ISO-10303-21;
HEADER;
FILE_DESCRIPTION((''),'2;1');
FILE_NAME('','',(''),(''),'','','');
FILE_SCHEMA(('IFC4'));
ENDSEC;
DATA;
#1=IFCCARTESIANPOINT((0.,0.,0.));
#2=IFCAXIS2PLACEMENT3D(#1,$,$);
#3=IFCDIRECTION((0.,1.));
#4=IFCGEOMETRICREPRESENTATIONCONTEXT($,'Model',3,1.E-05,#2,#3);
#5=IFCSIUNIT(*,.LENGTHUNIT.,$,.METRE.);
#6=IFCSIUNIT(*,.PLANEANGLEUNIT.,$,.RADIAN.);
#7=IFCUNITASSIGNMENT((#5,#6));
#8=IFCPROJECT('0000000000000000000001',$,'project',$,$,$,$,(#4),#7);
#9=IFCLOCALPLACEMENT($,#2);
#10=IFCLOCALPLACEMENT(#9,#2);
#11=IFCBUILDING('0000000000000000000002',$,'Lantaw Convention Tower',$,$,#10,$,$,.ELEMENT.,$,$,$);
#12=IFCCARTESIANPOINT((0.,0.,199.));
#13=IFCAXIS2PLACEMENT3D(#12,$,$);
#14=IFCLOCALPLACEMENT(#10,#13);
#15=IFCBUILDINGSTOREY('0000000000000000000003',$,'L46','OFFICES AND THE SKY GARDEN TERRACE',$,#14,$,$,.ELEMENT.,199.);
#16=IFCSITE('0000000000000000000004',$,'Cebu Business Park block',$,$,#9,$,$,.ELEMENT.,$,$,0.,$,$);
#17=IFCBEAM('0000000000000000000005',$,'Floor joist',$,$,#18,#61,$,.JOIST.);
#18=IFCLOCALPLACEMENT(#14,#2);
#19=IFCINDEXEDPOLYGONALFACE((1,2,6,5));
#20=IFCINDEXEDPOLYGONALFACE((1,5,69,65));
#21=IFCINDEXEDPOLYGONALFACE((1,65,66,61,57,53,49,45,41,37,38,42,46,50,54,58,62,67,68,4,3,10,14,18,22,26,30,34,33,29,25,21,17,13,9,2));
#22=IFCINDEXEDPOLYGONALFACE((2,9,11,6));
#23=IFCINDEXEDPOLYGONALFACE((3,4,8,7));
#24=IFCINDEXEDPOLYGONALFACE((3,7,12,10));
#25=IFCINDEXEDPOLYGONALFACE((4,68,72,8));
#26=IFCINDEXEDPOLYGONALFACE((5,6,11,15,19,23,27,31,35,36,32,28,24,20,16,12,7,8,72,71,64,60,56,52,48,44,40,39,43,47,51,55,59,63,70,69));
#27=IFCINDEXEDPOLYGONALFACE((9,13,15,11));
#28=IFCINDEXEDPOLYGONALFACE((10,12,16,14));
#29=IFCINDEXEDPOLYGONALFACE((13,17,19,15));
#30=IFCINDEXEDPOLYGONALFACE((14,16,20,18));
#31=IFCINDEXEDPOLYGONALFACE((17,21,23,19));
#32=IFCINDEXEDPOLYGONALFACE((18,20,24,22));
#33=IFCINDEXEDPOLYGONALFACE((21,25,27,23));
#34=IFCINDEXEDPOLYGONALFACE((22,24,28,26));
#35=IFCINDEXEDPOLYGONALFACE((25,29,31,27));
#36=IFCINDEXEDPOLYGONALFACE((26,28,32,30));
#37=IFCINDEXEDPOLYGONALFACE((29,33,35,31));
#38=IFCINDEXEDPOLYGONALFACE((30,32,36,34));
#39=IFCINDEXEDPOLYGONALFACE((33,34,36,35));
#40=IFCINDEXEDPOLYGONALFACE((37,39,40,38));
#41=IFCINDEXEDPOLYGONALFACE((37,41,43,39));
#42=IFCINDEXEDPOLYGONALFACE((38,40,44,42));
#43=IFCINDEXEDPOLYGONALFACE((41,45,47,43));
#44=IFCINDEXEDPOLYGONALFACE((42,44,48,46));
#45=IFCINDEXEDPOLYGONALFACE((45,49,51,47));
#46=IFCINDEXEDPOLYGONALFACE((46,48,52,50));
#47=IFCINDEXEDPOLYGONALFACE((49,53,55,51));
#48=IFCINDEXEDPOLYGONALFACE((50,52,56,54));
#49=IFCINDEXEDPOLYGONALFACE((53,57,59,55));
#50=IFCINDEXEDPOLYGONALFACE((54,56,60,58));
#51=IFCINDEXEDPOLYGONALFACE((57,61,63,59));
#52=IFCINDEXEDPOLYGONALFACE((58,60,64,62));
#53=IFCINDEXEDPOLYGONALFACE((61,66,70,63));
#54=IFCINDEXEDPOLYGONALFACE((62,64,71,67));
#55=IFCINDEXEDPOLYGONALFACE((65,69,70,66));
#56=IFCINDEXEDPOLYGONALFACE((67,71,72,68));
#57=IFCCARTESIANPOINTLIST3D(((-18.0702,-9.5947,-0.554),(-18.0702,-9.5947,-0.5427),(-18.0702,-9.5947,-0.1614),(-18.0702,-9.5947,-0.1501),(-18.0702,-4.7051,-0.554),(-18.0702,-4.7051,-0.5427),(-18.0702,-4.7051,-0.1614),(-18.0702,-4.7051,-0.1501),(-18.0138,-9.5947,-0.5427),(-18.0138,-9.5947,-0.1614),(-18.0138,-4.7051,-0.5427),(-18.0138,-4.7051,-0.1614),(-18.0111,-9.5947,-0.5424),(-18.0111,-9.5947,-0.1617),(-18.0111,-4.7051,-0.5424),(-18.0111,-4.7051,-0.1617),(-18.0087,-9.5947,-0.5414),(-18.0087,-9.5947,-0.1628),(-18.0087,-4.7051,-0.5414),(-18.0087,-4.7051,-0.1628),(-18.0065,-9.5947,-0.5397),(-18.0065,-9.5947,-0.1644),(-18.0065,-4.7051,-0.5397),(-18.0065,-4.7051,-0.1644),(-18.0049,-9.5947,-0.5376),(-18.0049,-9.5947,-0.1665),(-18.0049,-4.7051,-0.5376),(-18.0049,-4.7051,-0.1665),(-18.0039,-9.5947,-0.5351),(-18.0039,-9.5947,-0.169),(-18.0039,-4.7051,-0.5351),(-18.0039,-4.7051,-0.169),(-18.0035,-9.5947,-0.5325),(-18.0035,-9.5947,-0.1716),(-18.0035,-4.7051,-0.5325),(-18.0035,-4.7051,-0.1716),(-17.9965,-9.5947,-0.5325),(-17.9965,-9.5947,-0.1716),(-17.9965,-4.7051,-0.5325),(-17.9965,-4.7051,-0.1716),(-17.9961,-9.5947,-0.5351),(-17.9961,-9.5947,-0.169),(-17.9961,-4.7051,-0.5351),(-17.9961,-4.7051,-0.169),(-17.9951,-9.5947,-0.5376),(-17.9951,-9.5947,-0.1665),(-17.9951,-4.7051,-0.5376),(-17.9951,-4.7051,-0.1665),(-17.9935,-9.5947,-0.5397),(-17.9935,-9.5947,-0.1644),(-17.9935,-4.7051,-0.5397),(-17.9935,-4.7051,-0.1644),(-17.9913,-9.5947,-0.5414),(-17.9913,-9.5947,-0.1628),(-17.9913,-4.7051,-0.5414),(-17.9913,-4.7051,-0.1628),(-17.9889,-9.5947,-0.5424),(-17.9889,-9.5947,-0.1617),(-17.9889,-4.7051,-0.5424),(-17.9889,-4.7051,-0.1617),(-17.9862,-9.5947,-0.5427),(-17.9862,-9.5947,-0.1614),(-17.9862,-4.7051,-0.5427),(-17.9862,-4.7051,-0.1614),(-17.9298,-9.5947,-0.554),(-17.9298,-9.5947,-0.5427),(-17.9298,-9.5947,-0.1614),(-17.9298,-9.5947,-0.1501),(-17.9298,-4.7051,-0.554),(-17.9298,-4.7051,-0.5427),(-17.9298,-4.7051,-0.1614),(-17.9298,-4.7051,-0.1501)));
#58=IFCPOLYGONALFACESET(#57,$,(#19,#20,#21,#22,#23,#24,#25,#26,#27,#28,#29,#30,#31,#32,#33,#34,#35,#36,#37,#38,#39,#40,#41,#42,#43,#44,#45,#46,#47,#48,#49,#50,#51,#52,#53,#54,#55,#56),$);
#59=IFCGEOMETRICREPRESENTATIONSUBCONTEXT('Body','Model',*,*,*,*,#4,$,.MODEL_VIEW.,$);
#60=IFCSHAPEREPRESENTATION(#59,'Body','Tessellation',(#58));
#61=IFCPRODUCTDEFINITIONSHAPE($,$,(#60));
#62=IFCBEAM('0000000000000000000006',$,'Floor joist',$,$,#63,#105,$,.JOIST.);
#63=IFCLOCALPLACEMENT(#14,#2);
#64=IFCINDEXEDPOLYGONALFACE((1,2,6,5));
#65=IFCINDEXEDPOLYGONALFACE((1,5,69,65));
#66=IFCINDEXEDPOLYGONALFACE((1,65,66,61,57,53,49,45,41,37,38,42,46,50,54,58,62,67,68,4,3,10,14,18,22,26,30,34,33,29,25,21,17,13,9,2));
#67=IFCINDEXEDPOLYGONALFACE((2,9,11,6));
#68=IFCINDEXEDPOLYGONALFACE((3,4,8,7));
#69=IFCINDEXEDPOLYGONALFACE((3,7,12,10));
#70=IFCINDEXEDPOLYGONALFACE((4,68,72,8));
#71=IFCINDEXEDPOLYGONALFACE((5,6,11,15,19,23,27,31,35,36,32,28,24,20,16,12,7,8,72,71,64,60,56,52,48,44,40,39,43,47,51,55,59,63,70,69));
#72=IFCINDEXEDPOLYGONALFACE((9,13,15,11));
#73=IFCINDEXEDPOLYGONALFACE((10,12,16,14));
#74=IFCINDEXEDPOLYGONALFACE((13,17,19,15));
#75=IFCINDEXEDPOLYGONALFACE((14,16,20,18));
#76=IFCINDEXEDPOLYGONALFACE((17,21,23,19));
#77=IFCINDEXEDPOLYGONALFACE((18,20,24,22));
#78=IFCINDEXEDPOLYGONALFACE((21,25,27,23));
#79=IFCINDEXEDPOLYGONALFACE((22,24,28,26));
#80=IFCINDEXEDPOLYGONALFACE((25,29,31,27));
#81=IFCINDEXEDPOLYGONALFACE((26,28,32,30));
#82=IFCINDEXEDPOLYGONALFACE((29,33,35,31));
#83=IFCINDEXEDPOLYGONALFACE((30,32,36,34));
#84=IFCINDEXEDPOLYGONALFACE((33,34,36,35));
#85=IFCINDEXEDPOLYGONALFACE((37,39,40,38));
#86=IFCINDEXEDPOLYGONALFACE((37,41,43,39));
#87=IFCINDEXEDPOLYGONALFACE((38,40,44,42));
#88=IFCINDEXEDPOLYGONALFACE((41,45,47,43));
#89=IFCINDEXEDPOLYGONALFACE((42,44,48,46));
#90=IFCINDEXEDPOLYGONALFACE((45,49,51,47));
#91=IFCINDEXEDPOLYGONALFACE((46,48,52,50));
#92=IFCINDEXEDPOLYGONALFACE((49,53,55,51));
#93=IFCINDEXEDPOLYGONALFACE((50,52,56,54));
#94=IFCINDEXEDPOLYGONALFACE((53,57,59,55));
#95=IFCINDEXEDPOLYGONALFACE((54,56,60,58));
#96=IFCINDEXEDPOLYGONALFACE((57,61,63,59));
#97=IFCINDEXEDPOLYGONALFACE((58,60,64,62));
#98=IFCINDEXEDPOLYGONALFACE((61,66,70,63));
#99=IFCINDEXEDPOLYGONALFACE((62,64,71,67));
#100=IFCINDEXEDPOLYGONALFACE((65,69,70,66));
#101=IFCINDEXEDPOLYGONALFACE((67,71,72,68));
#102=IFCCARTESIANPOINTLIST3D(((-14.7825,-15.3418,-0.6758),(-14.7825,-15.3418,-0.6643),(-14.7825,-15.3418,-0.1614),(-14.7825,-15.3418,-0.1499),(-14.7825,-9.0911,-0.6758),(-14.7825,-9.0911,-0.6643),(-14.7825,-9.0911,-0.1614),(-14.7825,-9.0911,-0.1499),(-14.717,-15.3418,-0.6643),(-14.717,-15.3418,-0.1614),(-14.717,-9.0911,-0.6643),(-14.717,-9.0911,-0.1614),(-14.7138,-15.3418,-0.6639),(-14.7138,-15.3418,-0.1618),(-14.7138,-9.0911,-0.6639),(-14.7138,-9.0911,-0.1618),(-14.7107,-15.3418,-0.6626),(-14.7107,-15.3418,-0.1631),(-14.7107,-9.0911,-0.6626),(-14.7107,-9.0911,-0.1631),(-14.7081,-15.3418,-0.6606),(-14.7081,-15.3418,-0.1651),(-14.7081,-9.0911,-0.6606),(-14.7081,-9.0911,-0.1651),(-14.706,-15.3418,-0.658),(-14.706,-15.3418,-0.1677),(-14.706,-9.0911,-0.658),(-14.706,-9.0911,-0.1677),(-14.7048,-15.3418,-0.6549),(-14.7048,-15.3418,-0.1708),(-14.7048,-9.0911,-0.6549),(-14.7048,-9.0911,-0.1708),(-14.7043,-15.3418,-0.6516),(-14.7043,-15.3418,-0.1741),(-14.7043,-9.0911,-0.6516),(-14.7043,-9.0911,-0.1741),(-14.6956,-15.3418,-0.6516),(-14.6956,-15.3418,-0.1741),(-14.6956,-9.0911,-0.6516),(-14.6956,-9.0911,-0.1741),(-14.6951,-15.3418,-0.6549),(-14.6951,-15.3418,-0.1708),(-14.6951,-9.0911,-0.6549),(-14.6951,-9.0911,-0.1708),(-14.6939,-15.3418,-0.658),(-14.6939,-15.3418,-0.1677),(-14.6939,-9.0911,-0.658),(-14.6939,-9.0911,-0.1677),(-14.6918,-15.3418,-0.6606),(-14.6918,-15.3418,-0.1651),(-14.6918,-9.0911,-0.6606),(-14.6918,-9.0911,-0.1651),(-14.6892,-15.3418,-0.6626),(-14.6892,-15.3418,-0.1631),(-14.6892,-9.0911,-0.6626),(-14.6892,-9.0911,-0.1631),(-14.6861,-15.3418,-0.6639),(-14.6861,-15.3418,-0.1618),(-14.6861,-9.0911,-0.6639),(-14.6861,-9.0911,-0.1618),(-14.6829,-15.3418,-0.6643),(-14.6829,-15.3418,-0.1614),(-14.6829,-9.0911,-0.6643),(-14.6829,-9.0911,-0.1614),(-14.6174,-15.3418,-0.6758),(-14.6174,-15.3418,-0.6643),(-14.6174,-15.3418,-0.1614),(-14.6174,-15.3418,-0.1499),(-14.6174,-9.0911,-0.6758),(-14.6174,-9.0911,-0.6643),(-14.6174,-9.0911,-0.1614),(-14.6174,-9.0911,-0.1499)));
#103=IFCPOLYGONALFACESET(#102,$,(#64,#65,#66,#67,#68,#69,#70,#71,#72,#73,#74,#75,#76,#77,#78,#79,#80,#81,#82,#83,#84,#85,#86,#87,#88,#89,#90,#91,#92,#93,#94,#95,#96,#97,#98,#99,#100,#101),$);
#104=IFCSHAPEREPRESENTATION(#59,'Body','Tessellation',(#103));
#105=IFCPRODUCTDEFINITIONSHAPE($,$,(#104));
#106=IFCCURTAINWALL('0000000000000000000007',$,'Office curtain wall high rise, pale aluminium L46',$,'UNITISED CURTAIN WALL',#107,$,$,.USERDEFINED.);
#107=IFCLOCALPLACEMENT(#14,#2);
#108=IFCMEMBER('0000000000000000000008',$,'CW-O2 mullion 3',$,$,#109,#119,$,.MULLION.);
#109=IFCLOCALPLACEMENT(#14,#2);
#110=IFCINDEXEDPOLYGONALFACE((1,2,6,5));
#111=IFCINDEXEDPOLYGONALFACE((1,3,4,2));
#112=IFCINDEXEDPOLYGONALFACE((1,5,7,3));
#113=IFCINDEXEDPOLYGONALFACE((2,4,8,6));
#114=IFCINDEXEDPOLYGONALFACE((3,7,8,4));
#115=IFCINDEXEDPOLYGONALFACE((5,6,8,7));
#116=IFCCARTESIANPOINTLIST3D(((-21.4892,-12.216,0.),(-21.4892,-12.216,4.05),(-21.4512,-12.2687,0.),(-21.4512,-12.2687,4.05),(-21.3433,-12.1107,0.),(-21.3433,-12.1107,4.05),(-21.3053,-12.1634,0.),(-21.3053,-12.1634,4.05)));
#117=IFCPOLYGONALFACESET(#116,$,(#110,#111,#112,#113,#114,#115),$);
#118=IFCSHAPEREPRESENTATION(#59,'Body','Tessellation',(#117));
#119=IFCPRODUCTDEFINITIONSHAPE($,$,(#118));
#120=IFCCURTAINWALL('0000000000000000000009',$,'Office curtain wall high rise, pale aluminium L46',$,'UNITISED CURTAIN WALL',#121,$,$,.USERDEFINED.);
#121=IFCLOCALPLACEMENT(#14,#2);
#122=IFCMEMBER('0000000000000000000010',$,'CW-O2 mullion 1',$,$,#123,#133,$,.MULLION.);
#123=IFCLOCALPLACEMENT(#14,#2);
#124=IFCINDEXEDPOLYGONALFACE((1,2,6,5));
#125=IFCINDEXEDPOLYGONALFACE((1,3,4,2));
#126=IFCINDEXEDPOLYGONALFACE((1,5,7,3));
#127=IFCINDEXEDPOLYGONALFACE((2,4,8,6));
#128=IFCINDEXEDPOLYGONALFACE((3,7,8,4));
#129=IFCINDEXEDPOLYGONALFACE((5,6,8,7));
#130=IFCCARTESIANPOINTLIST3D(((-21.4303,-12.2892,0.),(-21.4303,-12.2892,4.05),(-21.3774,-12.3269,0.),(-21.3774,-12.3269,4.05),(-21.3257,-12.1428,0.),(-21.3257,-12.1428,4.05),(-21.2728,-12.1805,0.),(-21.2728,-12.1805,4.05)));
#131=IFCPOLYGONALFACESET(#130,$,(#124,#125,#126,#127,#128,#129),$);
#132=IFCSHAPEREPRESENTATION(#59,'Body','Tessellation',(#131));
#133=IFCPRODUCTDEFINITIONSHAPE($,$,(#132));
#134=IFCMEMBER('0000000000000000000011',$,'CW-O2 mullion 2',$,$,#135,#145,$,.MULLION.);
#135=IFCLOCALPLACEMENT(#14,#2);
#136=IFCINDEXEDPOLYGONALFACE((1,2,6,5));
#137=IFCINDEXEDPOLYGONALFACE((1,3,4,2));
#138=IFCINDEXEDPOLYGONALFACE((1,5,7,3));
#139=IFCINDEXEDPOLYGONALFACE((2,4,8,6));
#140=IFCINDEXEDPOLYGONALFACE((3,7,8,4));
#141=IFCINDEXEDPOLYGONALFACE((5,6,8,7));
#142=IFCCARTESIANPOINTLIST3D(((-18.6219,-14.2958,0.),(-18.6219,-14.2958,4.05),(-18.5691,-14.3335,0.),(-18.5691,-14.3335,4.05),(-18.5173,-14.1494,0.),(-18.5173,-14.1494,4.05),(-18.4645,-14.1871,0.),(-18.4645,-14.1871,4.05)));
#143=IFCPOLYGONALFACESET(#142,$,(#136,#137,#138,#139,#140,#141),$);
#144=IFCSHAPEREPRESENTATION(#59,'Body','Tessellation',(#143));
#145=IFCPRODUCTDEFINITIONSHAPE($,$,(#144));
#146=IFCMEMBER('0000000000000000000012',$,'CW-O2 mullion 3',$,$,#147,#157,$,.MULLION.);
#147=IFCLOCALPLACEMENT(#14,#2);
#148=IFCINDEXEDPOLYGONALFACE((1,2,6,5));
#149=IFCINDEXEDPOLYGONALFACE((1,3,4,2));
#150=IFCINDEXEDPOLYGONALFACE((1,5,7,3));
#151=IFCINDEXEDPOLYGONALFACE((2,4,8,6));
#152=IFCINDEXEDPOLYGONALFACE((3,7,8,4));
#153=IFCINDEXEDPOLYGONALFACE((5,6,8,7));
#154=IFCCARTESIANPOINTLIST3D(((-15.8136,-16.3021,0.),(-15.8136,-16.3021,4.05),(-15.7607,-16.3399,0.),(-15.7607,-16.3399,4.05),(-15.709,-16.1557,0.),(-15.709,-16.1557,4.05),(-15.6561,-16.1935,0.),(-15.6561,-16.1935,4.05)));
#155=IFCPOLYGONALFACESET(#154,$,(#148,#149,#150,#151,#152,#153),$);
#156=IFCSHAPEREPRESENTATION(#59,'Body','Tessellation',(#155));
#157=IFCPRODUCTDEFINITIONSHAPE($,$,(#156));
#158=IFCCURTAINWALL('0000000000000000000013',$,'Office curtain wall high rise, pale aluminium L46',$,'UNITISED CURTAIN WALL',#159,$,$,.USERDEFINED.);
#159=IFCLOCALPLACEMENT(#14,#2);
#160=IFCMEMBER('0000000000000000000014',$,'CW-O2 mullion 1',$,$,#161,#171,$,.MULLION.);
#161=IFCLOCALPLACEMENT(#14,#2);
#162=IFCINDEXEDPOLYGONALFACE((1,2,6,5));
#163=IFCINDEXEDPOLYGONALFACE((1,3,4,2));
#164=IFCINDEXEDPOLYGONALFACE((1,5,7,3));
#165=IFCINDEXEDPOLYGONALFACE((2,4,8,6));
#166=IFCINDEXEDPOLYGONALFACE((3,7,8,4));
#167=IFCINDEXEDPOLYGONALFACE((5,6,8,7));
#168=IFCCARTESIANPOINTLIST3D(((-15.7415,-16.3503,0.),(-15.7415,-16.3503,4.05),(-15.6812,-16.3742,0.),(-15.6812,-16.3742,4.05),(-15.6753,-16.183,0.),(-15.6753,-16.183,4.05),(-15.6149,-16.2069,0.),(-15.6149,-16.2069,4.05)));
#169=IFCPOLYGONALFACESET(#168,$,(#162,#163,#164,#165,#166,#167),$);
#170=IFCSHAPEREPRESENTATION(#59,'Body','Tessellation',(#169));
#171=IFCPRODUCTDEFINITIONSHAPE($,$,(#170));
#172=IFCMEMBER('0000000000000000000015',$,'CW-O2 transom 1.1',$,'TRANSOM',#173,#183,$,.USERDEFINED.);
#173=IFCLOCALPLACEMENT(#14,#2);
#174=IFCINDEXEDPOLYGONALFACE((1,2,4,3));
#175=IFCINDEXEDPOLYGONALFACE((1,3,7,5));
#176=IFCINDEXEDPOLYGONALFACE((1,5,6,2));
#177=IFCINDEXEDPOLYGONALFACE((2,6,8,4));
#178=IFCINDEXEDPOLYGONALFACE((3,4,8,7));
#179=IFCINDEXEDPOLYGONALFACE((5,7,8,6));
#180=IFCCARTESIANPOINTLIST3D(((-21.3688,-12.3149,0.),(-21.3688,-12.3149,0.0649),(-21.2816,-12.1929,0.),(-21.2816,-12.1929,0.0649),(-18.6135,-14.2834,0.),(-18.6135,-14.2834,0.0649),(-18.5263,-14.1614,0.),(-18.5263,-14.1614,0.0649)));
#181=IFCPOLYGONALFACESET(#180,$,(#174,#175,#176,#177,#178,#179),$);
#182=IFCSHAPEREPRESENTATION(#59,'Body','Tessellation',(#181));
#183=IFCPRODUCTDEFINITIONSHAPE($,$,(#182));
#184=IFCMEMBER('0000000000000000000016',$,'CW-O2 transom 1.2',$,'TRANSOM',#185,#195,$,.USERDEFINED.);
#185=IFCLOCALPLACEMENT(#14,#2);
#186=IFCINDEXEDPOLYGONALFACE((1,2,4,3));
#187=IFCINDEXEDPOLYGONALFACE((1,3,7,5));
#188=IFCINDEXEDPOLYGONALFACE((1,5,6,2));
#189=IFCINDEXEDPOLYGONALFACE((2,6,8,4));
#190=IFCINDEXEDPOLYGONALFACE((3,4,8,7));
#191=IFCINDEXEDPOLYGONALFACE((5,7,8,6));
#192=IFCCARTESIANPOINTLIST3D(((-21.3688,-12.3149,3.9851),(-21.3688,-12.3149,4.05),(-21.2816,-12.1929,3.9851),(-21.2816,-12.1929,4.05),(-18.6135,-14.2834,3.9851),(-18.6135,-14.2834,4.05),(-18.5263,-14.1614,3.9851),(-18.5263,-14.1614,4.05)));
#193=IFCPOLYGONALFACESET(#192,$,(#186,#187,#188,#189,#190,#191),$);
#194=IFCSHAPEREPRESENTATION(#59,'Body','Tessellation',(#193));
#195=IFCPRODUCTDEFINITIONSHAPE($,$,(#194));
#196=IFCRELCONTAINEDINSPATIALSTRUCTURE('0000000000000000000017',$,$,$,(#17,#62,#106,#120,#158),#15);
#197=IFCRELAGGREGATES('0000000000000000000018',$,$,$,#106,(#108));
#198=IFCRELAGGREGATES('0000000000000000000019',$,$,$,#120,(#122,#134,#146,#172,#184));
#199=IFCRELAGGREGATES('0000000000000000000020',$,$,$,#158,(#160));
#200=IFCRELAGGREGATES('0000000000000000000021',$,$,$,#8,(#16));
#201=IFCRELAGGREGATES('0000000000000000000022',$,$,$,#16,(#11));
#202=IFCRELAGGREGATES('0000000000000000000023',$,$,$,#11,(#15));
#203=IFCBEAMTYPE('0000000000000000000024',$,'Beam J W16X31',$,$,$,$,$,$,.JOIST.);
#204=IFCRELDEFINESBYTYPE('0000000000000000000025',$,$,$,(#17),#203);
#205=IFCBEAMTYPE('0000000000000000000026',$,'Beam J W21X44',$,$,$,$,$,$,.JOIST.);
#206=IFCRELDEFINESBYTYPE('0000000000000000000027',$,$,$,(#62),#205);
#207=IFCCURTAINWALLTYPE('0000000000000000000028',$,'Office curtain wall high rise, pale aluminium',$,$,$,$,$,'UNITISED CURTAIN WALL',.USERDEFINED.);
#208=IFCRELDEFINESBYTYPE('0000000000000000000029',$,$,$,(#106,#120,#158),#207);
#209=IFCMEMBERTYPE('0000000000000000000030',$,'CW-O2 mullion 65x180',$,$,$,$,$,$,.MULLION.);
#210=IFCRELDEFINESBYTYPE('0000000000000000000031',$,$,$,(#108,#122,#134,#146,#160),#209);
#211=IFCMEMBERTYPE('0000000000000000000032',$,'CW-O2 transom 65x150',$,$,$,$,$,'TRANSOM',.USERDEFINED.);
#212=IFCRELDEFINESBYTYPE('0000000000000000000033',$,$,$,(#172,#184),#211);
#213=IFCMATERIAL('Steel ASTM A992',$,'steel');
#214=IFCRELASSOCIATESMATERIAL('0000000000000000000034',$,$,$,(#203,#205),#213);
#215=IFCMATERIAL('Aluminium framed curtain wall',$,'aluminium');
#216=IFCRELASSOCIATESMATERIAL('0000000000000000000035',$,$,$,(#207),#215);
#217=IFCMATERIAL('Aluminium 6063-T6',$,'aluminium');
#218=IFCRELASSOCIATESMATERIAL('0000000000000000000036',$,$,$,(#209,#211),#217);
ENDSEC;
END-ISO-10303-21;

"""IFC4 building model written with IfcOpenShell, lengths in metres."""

from ifc_helpers import new_model, si_unit, direction, frame, origin, origin_2d, place, context, subcontext, project, spatial, rectangle, i_section, extrude, material, material_profile, profile_set, type_object, element, aggregate, save


model = new_model("IFC4")

# Units and contexts
model_context = context("Model", 3, precision=1e-05, world=origin(), true_north=direction((0.0, 1.0)))
body_context = subcontext(model_context, "Body", "Model", "MODEL_VIEW")
ifc_project = project(units=[si_unit("LENGTHUNIT", "METRE"), si_unit("PLANEANGLEUNIT", "RADIAN")], contexts=[model_context])

# Site, building, storey
site_placement = place(None, origin())
site = spatial("IfcSite", under=ifc_project, at=site_placement, Name="Cebu Business Park block", CompositionType="ELEMENT", RefElevation=0.0)
building_placement = place(site_placement, origin())
building = spatial("IfcBuilding", under=site, at=building_placement, Name="Lantaw Convention Tower", CompositionType="ELEMENT")
storey_placement = place(building_placement, frame((0.0, 0.0, 199.0)))
storey = spatial("IfcBuildingStorey", under=building, at=storey_placement, Name="L46", Description="OFFICES AND THE SKY GARDEN TERRACE", CompositionType="ELEMENT", Elevation=199.0)

# Beams
ifc_material_1 = material(Name="Steel ASTM A992", Category="steel")
ifc_material_profile_1 = material_profile(ifc_material_1, i_section(OverallWidth=0.1404, OverallDepth=0.4038, WebThickness=0.0071, FlangeThickness=0.0112, FilletRadius=0.0103, at=origin_2d()), Name="W16X31")
ifc_profile_set_1 = profile_set([ifc_material_profile_1], Name="Steel ASTM A992")
beam_type_1 = type_object("IfcBeamType", Name="Beam J W16X31", PredefinedType="JOIST", material=ifc_profile_set_1)
beam_1_placement = place(storey_placement, frame((-18.0, -9.5947, -0.3521), z_axis=(0.0, 1.0, 0.0), x_axis=(-1.0, 0.0, 0.0)))
element("IfcBeam", 1, at=beam_1_placement, inside=storey, type_object=beam_type_1, Name="Floor joist", PredefinedType="JOIST", context=body_context, shape_type="SweptSolid", body=[
    extrude(i_section(OverallWidth=0.1404, OverallDepth=0.4038, WebThickness=0.0071, FlangeThickness=0.0112, FilletRadius=0.0103, at=origin_2d()), origin(), (0.0, 0.0, 1.0), 4.8896),
])
ifc_material_profile_2 = material_profile(ifc_material_1, i_section(OverallWidth=0.165, OverallDepth=0.5259, WebThickness=0.0088, FlangeThickness=0.0115, FilletRadius=0.0127, at=origin_2d()), Name="W21X44")
ifc_profile_set_2 = profile_set([ifc_material_profile_2], Name="Steel ASTM A992")
beam_type_2 = type_object("IfcBeamType", Name="Beam J W21X44", PredefinedType="JOIST", material=ifc_profile_set_2)
beam_2_placement = place(storey_placement, frame((-14.7, -15.3418, -0.4128), z_axis=(0.0, 1.0, 0.0), x_axis=(-1.0, 0.0, 0.0)))
element("IfcBeam", 2, at=beam_2_placement, inside=storey, type_object=beam_type_2, Name="Floor joist", PredefinedType="JOIST", context=body_context, shape_type="SweptSolid", body=[
    extrude(i_section(OverallWidth=0.165, OverallDepth=0.5259, WebThickness=0.0088, FlangeThickness=0.0115, FilletRadius=0.0127, at=origin_2d()), origin(), (0.0, 0.0, 1.0), 6.2507),
])

# Curtain wall, member
ifc_material_2 = material(Name="Aluminium framed curtain wall", Category="aluminium")
curtain_wall_type = type_object("IfcCurtainWallType", Name="Office curtain wall high rise, pale aluminium", ElementType="UNITISED CURTAIN WALL", PredefinedType="USERDEFINED", material=ifc_material_2)
curtain_wall_1_placement = place(storey_placement, origin())
curtain_wall_1 = element("IfcCurtainWall", 3, at=curtain_wall_1_placement, inside=storey, type_object=curtain_wall_type, Name="Office curtain wall high rise, pale aluminium L46", ObjectType="UNITISED CURTAIN WALL", PredefinedType="USERDEFINED")
ifc_material_3 = material(Name="Aluminium 6063-T6", Category="aluminium")
ifc_material_profile_3 = material_profile(ifc_material_3, rectangle(XDim=0.1799, YDim=0.0649, at=origin_2d()), Name="CW-O2 mullion 65x180")
ifc_profile_set_3 = profile_set([ifc_material_profile_3], Name="Aluminium 6063-T6")
member_type_1 = type_object("IfcMemberType", Name="CW-O2 mullion 65x180", PredefinedType="MULLION", material=ifc_profile_set_3)
member_1_placement = place(storey_placement, frame((-21.3972, -12.1897, 0.0), z_axis=(0.0, 0.0, 1.0), x_axis=(0.81092, 0.585158, 0.0)))
member_1 = element("IfcMember", 4, at=member_1_placement, type_object=member_type_1, Name="CW-O2 mullion 3", PredefinedType="MULLION", context=body_context, shape_type="SweptSolid", body=[
    extrude(rectangle(XDim=0.1799, YDim=0.0649, at=origin_2d()), origin(), (0.0, 0.0, 1.0), 4.05),
])

# Curtain wall, members
curtain_wall_2_placement = place(storey_placement, origin())
curtain_wall_2 = element("IfcCurtainWall", 5, at=curtain_wall_2_placement, inside=storey, type_object=curtain_wall_type, Name="Office curtain wall high rise, pale aluminium L46", ObjectType="UNITISED CURTAIN WALL", PredefinedType="USERDEFINED")
member_2_placement = place(storey_placement, frame((-21.3516, -12.2349, 0.0), z_axis=(0.0, 0.0, 1.0), x_axis=(0.581323, 0.813673, 0.0)))
member_2 = element("IfcMember", 6, at=member_2_placement, type_object=member_type_1, Name="CW-O2 mullion 1", PredefinedType="MULLION", context=body_context, shape_type="SweptSolid", body=[
    extrude(rectangle(XDim=0.1799, YDim=0.0649, at=origin_2d()), origin(), (0.0, 0.0, 1.0), 4.05),
])
member_3_placement = place(storey_placement, frame((-18.5432, -14.2415, 0.0), z_axis=(0.0, 0.0, 1.0), x_axis=(0.581323, 0.813673, 0.0)))
member_3 = element("IfcMember", 7, at=member_3_placement, type_object=member_type_1, Name="CW-O2 mullion 2", PredefinedType="MULLION", context=body_context, shape_type="SweptSolid", body=[
    extrude(rectangle(XDim=0.1799, YDim=0.0649, at=origin_2d()), origin(), (0.0, 0.0, 1.0), 4.05),
])
member_4_placement = place(storey_placement, frame((-15.7349, -16.2478, 0.0), z_axis=(0.0, 0.0, 1.0), x_axis=(0.581323, 0.813673, 0.0)))
member_4 = element("IfcMember", 8, at=member_4_placement, type_object=member_type_1, Name="CW-O2 mullion 3", PredefinedType="MULLION", context=body_context, shape_type="SweptSolid", body=[
    extrude(rectangle(XDim=0.1799, YDim=0.0649, at=origin_2d()), origin(), (0.0, 0.0, 1.0), 4.05),
])

# Curtain wall, member
curtain_wall_3_placement = place(storey_placement, origin())
curtain_wall_3 = element("IfcCurtainWall", 9, at=curtain_wall_3_placement, inside=storey, type_object=curtain_wall_type, Name="Office curtain wall high rise, pale aluminium L46", ObjectType="UNITISED CURTAIN WALL", PredefinedType="USERDEFINED")
member_5_placement = place(storey_placement, frame((-15.6782, -16.2786, 0.0), z_axis=(0.0, 0.0, 1.0), x_axis=(0.368162, 0.929762, 0.0)))
member_5 = element("IfcMember", 10, at=member_5_placement, type_object=member_type_1, Name="CW-O2 mullion 1", PredefinedType="MULLION", context=body_context, shape_type="SweptSolid", body=[
    extrude(rectangle(XDim=0.1799, YDim=0.0649, at=origin_2d()), origin(), (0.0, 0.0, 1.0), 4.05),
])

# Members
ifc_material_profile_4 = material_profile(ifc_material_3, rectangle(XDim=0.1499, YDim=0.0649, at=origin_2d()), Name="CW-O2 transom 65x150")
ifc_profile_set_4 = profile_set([ifc_material_profile_4], Name="Aluminium 6063-T6")
member_type_2 = type_object("IfcMemberType", Name="CW-O2 transom 65x150", ElementType="TRANSOM", PredefinedType="USERDEFINED", material=ifc_profile_set_4)
member_6_placement = place(storey_placement, frame((-21.3252, -12.2539, 0.0325), z_axis=(0.81368, -0.581313, 0.0), x_axis=(0.581313, 0.81368, 0.0)))
member_6 = element("IfcMember", 11, at=member_6_placement, type_object=member_type_2, Name="CW-O2 transom 1.1", ObjectType="TRANSOM", PredefinedType="USERDEFINED", context=body_context, shape_type="SweptSolid", body=[
    extrude(rectangle(XDim=0.1499, YDim=0.0649, at=origin_2d()), origin(), (0.0, 0.0, 1.0), 3.3862),
])
member_7_placement = place(storey_placement, frame((-21.3252, -12.2539, 4.0176), z_axis=(0.81368, -0.581313, 0.0), x_axis=(0.581313, 0.81368, 0.0)))
member_7 = element("IfcMember", 12, at=member_7_placement, type_object=member_type_2, Name="CW-O2 transom 1.2", ObjectType="TRANSOM", PredefinedType="USERDEFINED", context=body_context, shape_type="SweptSolid", body=[
    extrude(rectangle(XDim=0.1499, YDim=0.0649, at=origin_2d()), origin(), (0.0, 0.0, 1.0), 3.3862),
])

aggregate(curtain_wall_1, [member_1])
aggregate(curtain_wall_2, [member_2, member_3, member_4, member_6, member_7])
aggregate(curtain_wall_3, [member_5])

save(model, "model.ifc")
